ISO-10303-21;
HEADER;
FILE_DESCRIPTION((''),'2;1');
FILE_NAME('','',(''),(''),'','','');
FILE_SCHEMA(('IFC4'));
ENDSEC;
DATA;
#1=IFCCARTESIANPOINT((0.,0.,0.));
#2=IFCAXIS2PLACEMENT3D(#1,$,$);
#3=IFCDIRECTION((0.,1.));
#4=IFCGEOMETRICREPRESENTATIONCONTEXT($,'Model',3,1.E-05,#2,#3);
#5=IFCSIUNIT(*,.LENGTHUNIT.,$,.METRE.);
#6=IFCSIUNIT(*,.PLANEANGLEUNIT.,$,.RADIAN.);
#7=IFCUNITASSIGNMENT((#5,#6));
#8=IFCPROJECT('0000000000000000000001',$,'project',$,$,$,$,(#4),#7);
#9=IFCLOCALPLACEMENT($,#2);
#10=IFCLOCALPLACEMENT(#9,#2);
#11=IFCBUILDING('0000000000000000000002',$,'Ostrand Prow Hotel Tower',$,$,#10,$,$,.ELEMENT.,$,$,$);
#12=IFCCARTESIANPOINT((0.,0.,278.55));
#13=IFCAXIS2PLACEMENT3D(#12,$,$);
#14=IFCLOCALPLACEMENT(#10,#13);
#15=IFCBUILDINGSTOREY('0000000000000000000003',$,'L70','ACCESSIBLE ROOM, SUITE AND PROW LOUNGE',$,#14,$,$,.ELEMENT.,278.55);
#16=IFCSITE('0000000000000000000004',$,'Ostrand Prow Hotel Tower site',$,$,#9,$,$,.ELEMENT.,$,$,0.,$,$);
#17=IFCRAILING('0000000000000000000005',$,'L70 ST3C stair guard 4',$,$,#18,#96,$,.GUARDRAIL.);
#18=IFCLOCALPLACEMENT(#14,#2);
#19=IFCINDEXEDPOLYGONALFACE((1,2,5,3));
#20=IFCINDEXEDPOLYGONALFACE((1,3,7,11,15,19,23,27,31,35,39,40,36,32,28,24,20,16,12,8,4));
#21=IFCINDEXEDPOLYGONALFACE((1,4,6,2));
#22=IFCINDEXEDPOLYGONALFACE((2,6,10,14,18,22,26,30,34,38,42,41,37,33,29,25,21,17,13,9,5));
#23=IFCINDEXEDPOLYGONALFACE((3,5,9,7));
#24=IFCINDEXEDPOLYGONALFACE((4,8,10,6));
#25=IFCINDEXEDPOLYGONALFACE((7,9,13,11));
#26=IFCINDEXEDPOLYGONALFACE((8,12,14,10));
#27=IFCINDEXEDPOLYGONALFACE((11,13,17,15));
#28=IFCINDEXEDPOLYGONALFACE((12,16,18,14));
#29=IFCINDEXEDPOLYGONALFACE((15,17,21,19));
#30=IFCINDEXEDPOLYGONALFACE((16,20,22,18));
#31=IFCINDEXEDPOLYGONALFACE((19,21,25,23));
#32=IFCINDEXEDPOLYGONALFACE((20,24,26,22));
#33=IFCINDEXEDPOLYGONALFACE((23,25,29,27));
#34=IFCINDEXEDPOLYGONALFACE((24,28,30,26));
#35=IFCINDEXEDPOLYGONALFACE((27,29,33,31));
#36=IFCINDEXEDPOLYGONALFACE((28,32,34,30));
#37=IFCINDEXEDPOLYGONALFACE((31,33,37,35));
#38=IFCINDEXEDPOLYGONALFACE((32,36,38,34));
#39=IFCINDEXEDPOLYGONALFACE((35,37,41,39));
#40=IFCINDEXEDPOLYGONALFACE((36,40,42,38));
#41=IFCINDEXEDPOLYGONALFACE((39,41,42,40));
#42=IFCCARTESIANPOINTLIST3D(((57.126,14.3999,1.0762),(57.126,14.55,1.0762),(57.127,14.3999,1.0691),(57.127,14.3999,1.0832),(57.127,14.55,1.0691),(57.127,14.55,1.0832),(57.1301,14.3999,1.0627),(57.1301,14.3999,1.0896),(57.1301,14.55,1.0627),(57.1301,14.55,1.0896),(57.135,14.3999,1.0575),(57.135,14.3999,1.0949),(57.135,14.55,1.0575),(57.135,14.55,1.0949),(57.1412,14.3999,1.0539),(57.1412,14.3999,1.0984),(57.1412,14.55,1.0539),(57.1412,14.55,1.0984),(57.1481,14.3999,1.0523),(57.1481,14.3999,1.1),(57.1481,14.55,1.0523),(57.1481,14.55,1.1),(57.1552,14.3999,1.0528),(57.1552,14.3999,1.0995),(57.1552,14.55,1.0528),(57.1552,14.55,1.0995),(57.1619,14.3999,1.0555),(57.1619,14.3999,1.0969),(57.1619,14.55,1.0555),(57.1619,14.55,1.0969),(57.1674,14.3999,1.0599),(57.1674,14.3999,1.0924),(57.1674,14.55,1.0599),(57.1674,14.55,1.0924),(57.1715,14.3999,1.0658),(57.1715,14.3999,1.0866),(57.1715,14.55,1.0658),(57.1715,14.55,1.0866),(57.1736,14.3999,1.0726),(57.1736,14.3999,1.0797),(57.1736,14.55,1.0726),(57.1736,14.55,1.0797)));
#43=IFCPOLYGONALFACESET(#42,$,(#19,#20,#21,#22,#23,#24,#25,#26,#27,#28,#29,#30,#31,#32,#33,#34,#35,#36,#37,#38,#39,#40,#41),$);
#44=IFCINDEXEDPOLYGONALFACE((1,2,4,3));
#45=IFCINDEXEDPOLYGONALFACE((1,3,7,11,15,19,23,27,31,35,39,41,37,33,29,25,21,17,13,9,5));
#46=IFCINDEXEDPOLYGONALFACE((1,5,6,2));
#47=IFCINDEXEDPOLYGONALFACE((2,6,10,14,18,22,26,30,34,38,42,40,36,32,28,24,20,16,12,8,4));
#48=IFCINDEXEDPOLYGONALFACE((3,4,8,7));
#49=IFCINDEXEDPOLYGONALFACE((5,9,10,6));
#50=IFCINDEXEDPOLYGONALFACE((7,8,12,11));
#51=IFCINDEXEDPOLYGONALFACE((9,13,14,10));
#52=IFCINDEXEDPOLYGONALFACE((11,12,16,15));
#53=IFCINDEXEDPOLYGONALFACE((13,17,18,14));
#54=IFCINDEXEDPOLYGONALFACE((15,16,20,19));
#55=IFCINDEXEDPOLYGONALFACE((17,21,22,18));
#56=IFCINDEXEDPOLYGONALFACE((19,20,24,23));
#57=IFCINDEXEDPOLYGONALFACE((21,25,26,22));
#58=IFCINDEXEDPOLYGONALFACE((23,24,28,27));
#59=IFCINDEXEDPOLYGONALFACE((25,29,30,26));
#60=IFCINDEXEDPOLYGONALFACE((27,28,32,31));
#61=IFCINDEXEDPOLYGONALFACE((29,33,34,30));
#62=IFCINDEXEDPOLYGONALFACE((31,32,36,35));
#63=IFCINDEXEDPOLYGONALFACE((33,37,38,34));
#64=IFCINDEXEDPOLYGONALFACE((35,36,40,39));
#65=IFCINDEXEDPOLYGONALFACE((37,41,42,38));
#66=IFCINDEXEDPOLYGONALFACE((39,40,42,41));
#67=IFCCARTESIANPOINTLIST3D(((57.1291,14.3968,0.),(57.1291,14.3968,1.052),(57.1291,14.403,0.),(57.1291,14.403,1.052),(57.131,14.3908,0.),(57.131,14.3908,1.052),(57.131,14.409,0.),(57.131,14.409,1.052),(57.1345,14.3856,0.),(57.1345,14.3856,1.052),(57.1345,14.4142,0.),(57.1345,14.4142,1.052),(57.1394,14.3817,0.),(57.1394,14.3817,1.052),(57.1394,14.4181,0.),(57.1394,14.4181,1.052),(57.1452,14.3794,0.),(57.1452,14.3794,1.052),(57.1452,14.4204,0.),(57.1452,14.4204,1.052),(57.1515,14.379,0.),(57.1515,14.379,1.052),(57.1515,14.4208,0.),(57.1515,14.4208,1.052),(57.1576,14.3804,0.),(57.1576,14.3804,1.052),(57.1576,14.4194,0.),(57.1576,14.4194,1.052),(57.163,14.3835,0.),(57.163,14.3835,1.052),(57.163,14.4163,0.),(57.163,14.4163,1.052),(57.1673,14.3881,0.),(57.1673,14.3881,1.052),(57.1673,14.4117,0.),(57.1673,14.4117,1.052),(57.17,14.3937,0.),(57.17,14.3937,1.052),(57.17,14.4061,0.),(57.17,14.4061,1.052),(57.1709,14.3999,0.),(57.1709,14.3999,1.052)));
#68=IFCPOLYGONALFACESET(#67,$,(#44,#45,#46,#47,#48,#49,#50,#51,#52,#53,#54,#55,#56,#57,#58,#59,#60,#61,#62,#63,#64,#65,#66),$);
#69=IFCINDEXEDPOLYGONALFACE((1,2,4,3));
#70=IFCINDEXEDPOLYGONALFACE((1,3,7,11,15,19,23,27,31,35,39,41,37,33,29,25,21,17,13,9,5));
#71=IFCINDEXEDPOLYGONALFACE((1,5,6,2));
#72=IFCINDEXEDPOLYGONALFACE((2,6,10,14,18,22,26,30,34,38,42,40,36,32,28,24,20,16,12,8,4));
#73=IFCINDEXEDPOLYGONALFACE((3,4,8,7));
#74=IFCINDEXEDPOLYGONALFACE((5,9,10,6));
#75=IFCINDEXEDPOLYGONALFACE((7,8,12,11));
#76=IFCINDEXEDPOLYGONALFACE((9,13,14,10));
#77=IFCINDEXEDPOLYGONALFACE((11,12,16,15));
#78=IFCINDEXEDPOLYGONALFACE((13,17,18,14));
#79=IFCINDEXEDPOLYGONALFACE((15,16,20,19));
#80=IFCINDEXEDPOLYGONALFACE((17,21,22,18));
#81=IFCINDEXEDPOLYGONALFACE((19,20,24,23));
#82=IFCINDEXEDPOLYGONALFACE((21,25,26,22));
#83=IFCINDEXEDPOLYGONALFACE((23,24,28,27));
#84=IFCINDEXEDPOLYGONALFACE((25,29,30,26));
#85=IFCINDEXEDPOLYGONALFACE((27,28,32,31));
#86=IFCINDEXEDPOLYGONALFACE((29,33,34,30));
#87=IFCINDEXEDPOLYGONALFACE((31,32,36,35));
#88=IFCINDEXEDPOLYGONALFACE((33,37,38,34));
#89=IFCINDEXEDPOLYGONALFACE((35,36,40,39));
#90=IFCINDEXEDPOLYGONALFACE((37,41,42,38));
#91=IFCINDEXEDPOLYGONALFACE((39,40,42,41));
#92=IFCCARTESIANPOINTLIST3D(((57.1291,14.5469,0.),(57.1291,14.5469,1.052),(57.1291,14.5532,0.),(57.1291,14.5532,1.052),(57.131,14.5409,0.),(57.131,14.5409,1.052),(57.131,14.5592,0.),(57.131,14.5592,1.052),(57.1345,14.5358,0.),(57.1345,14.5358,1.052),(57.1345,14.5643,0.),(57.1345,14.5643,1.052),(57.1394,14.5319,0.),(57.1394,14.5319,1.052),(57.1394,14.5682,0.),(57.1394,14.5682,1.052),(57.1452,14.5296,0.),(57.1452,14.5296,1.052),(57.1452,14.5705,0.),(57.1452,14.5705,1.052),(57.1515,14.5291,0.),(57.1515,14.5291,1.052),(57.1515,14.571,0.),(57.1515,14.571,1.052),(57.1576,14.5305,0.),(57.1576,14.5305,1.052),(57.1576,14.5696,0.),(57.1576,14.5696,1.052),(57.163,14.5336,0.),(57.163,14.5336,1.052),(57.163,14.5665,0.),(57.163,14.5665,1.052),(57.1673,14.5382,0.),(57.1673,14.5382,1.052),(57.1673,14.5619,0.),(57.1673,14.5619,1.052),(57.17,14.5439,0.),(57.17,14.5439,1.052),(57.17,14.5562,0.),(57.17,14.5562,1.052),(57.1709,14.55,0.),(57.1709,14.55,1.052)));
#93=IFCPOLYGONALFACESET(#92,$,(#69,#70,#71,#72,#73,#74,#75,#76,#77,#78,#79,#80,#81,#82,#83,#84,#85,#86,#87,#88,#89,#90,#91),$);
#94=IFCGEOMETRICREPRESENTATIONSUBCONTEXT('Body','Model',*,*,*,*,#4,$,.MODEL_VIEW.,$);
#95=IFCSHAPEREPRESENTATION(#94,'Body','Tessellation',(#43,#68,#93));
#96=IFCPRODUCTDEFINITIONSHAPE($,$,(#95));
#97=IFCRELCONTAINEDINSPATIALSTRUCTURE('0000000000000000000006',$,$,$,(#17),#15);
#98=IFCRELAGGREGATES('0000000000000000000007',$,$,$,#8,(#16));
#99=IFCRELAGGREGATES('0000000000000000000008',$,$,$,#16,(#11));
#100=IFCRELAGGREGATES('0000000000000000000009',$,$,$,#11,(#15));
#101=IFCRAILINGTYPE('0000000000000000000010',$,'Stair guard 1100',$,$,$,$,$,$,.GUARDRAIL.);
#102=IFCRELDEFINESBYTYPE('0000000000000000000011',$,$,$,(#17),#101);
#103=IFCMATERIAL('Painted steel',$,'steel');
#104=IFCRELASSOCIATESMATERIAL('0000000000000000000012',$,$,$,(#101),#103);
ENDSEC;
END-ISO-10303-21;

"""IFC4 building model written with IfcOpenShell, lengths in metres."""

from ifc_helpers import new_model, si_unit, direction, frame, origin, origin_2d, place, context, subcontext, project, spatial, circle, extrude, material, type_object, element, save


model = new_model("IFC4")

# Units and contexts
model_context = context("Model", 3, precision=1e-05, world=origin(), true_north=direction((0.0, 1.0)))
body_context = subcontext(model_context, "Body", "Model", "MODEL_VIEW")
ifc_project = project(units=[si_unit("LENGTHUNIT", "METRE"), si_unit("PLANEANGLEUNIT", "RADIAN")], contexts=[model_context])

# Site, building, storey
site_placement = place(None, origin())
site = spatial("IfcSite", under=ifc_project, at=site_placement, Name="Ostrand Prow Hotel Tower site", CompositionType="ELEMENT", RefElevation=0.0)
building_placement = place(site_placement, origin())
building = spatial("IfcBuilding", under=site, at=building_placement, Name="Ostrand Prow Hotel Tower", CompositionType="ELEMENT")
storey_placement = place(building_placement, frame((0.0, 0.0, 278.55)))
storey = spatial("IfcBuildingStorey", under=building, at=storey_placement, Name="L70", Description="ACCESSIBLE ROOM, SUITE AND PROW LOUNGE", CompositionType="ELEMENT", Elevation=278.55)

# Railing
ifc_material_1 = material(Name="Painted steel", Category="steel")
railing_type_1 = type_object("IfcRailingType", Name="Stair guard 1100", PredefinedType="GUARDRAIL", material=ifc_material_1)
railing_1_placement = place(storey_placement, frame((57.1499, 14.3999, 0.0)))
element("IfcRailing", 1, at=railing_1_placement, inside=storey, type_object=railing_type_1, Name="L70 ST3C stair guard 4", PredefinedType="GUARDRAIL", context=body_context, shape_type="SweptSolid", body=[
    extrude(circle(Radius=0.0239, at=origin_2d()), frame((0.0, 0.0, 1.0762), z_axis=(0.0, 1.0, 0.0), x_axis=(-1.0, 0.0, 0.0)), (0.0, 0.0, 1.0), 0.1501),
    extrude(circle(Radius=0.021, at=origin_2d()), origin(), (0.0, 0.0, 1.0), 1.052),
    extrude(circle(Radius=0.021, at=origin_2d()), frame((0.0, 0.1501, 0.0)), (0.0, 0.0, 1.0), 1.052),
])

save(model, "model.ifc")
